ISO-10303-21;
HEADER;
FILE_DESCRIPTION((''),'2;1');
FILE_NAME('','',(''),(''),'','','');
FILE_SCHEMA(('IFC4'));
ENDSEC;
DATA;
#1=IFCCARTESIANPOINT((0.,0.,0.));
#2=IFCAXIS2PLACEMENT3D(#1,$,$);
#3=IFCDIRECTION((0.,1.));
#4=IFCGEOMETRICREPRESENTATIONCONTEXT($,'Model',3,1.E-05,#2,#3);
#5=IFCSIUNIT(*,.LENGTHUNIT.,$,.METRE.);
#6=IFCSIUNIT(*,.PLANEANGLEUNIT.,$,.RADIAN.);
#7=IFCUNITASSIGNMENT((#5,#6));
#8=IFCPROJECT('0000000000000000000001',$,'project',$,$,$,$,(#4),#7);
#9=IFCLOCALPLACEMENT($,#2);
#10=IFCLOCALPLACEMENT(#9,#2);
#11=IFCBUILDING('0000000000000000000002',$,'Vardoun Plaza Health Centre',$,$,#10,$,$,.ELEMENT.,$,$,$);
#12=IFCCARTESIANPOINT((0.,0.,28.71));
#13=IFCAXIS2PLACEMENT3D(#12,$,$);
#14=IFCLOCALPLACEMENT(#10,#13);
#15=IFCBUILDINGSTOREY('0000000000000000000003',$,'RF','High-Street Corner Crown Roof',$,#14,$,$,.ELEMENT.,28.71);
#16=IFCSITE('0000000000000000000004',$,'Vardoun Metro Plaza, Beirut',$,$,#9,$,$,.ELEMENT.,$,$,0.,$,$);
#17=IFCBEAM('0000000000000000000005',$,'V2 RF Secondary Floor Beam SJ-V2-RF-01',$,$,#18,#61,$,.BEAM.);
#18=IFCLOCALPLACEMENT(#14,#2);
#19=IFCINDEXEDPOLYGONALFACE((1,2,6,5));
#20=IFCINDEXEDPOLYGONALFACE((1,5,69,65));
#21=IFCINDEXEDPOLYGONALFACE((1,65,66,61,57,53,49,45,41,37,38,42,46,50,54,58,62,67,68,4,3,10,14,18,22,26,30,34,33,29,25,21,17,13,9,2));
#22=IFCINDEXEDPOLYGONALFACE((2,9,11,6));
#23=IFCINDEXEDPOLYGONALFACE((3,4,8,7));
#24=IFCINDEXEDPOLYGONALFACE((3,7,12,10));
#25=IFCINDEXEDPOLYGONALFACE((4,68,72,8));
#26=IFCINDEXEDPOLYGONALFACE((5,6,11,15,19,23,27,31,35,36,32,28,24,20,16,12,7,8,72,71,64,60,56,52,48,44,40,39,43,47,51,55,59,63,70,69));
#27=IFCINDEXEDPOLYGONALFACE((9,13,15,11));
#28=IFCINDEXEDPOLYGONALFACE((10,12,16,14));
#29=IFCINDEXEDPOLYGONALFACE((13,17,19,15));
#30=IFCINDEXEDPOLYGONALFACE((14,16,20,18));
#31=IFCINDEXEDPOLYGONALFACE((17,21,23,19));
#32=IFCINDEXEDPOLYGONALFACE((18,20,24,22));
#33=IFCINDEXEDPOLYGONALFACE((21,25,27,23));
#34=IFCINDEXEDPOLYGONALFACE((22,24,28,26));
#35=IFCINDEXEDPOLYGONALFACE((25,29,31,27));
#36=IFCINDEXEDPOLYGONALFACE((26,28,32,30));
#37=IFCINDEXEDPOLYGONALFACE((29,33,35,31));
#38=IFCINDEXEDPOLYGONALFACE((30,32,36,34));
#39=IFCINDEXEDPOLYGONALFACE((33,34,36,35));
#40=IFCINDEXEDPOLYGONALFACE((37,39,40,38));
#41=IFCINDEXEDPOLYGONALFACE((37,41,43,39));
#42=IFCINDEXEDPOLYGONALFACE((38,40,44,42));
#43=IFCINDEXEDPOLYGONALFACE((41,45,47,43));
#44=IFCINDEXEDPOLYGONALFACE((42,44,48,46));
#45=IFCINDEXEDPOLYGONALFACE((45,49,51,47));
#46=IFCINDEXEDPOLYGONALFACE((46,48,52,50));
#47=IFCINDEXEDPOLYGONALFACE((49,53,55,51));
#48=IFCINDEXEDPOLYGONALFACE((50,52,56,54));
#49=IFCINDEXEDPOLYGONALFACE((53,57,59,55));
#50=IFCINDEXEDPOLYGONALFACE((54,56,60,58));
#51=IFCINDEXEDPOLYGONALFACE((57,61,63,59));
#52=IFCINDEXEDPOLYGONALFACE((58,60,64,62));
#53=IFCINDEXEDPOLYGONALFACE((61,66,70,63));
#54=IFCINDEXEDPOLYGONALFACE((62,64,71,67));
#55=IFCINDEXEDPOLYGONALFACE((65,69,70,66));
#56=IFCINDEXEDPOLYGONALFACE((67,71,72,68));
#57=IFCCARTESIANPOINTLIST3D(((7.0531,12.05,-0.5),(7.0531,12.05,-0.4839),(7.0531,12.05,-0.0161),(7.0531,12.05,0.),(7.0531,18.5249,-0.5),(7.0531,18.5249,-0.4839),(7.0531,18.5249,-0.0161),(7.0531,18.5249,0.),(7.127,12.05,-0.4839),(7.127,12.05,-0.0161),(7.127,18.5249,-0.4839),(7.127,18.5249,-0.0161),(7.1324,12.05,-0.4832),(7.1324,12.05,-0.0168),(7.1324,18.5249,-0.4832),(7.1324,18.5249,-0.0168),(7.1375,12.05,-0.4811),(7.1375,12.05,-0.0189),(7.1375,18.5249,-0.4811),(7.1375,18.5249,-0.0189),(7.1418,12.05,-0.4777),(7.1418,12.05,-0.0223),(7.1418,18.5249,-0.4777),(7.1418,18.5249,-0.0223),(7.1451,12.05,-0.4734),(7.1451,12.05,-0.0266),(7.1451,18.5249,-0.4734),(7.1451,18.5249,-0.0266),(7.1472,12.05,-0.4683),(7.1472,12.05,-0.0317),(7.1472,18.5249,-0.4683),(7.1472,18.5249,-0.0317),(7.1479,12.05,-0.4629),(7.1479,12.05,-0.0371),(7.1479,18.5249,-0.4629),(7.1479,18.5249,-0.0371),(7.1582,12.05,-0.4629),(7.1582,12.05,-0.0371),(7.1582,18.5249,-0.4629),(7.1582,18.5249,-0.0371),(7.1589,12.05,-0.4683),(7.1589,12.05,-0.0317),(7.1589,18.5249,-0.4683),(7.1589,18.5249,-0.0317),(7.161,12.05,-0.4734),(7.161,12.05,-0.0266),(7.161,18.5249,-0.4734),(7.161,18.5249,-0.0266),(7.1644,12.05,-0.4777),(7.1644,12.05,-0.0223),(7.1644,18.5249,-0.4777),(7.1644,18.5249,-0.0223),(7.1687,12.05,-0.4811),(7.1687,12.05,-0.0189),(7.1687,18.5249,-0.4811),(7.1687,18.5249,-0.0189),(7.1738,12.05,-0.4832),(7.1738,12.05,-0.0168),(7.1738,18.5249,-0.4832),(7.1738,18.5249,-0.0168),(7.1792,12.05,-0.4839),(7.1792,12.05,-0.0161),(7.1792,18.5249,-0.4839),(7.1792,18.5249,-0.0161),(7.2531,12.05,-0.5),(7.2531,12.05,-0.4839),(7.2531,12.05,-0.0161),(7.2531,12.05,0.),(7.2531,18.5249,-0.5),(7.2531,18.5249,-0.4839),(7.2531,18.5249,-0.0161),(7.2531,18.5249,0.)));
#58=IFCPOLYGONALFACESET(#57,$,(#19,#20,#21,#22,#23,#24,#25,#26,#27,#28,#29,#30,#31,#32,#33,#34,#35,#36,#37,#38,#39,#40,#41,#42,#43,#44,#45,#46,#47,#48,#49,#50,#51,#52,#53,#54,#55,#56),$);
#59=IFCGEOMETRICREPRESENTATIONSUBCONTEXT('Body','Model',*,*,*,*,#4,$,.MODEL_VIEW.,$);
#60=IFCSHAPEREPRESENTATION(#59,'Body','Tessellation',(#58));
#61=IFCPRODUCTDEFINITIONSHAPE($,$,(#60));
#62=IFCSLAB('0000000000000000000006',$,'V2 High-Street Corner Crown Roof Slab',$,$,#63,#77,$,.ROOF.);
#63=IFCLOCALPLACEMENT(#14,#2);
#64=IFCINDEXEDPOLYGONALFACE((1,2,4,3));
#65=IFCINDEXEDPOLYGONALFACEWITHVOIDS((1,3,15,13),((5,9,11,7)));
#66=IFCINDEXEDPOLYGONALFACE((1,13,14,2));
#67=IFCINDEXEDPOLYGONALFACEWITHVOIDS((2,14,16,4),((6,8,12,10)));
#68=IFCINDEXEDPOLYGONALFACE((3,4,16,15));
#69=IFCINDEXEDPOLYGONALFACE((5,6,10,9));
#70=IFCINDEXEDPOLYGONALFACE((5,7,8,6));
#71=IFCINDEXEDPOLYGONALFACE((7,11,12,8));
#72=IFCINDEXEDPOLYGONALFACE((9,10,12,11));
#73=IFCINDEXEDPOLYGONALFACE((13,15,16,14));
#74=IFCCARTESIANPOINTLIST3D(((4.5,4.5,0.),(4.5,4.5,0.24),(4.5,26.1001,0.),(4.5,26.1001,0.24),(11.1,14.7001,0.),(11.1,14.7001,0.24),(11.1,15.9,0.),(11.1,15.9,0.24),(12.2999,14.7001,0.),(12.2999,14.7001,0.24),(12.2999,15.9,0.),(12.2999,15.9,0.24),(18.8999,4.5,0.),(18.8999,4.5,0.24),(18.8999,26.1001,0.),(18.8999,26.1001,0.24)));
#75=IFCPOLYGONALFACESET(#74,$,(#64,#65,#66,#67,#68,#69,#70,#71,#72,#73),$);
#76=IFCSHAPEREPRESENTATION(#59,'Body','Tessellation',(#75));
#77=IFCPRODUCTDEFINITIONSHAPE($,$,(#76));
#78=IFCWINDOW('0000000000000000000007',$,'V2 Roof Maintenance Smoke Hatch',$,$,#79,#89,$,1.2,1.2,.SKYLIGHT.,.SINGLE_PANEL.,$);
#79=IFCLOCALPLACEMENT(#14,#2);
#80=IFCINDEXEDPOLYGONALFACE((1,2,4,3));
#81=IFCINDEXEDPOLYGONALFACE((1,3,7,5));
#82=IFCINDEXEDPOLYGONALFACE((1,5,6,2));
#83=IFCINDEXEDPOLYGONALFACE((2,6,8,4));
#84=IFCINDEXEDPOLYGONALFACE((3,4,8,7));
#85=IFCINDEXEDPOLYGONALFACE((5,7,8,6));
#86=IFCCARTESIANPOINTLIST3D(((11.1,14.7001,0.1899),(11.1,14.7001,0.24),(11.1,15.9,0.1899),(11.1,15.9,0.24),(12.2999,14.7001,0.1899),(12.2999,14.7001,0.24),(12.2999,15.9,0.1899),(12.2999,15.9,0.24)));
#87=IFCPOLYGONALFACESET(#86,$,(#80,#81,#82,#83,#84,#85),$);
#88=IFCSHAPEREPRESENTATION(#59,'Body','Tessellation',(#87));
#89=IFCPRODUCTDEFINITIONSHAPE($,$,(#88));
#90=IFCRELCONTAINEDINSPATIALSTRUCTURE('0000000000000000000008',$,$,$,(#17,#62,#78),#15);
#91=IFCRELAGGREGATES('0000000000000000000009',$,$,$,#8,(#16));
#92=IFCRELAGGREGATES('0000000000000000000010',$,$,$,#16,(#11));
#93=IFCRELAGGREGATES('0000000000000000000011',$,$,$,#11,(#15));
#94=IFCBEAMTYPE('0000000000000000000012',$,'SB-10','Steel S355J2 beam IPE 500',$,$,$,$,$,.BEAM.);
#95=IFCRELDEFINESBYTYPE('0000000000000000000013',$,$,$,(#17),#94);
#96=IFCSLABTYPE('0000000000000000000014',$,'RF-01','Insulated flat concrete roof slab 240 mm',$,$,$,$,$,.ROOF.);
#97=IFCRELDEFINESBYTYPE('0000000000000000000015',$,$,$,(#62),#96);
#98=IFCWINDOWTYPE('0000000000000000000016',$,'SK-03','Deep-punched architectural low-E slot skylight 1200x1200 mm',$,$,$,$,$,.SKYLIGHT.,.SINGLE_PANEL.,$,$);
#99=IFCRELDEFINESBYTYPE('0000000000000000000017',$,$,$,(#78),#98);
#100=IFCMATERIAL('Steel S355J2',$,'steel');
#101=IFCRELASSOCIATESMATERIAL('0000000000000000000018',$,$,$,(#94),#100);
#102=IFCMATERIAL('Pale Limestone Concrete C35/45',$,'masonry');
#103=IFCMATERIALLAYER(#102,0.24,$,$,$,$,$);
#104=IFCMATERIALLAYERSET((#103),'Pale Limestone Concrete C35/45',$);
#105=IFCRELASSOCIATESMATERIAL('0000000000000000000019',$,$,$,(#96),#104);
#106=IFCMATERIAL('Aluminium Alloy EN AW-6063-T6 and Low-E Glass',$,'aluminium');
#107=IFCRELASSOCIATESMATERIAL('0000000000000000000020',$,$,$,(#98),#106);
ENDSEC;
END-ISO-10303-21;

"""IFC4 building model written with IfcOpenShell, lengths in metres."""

from ifc_helpers import new_model, si_unit, direction, frame, origin, origin_2d, place, context, subcontext, project, spatial, polyline, rectangle, i_section, outline, extrude, material, layer, layer_set, material_profile, profile_set, type_object, element, fill, save


model = new_model("IFC4")

# Units and contexts
model_context = context("Model", 3, precision=1e-05, world=origin(), true_north=direction((0.0, 1.0)))
body_context = subcontext(model_context, "Body", "Model", "MODEL_VIEW")
ifc_project = project(units=[si_unit("LENGTHUNIT", "METRE"), si_unit("PLANEANGLEUNIT", "RADIAN")], contexts=[model_context])

# Site, building, storey
site_placement = place(None, origin())
site = spatial("IfcSite", under=ifc_project, at=site_placement, Name="Vardoun Metro Plaza, Beirut", CompositionType="ELEMENT", RefElevation=0.0)
building_placement = place(site_placement, origin())
building = spatial("IfcBuilding", under=site, at=building_placement, Name="Vardoun Plaza Health Centre", CompositionType="ELEMENT")
storey_placement = place(building_placement, frame((0.0, 0.0, 28.71)))
storey = spatial("IfcBuildingStorey", under=building, at=storey_placement, Name="RF", Description="High-Street Corner Crown Roof", CompositionType="ELEMENT", Elevation=28.71)

# Beam
ifc_material_1 = material(Name="Steel S355J2", Category="steel")
ifc_material_profile_1 = material_profile(ifc_material_1, i_section(OverallWidth=0.2, OverallDepth=0.5, WebThickness=0.0103, FlangeThickness=0.0161, FilletRadius=0.021, at=origin_2d()), Name="IPE 500")
ifc_profile_set_1 = profile_set([ifc_material_profile_1], Name="Steel S355J2")
beam_type_1 = type_object("IfcBeamType", Name="SB-10", Description="Steel S355J2 beam IPE 500", PredefinedType="BEAM", material=ifc_profile_set_1)
beam_1_placement = place(storey_placement, frame((7.1531, 12.05, -0.25), z_axis=(0.0, 1.0, 0.0), x_axis=(-1.0, 0.0, 0.0)))
element("IfcBeam", 1, at=beam_1_placement, inside=storey, type_object=beam_type_1, Name="V2 RF Secondary Floor Beam SJ-V2-RF-01", PredefinedType="BEAM", context=body_context, shape_type="SweptSolid", body=[
    extrude(i_section(OverallWidth=0.2, OverallDepth=0.5, WebThickness=0.0103, FlangeThickness=0.0161, FilletRadius=0.021, at=origin_2d()), origin(), (0.0, 0.0, 1.0), 6.4749),
])

# Slab, opening, window
ifc_material_2 = material(Name="Pale Limestone Concrete C35/45", Category="masonry")
ifc_layer = layer(ifc_material_2, 0.24)
ifc_layer_set = layer_set([ifc_layer], Name="Pale Limestone Concrete C35/45")
slab_type = type_object("IfcSlabType", Name="RF-01", Description="Insulated flat concrete roof slab 240 mm", PredefinedType="ROOF", material=ifc_layer_set)
slab_placement = place(storey_placement, origin())
slab = element("IfcSlab", 2, at=slab_placement, inside=storey, type_object=slab_type, Name="V2 High-Street Corner Crown Roof Slab", PredefinedType="ROOF", context=body_context, shape_type="SweptSolid", body=[
    extrude(outline(polyline([(4.5, 4.5), (18.8999, 4.5), (18.8999, 26.1001), (4.5, 26.1001), (4.5, 4.5)])), origin(), (0.0, 0.0, 1.0), 0.24),
])
opening_placement = place(slab_placement, frame((11.7, 15.3, 0.0)))
opening = element("IfcOpeningElement", 3, at=opening_placement, cuts=slab, PredefinedType="OPENING", context=body_context, shape_type="SweptSolid", body=[
    extrude(rectangle(XDim=1.2, YDim=1.2, at=origin_2d()), origin(), (0.0, 0.0, 1.0), 0.24),
])
ifc_material_3 = material(Name="Aluminium Alloy EN AW-6063-T6 and Low-E Glass", Category="aluminium")
window_type = type_object("IfcWindowType", Name="SK-03", Description="Deep-punched architectural low-E slot skylight 1200x1200 mm", PartitioningType="SINGLE_PANEL", PredefinedType="SKYLIGHT", material=ifc_material_3)
window_placement = place(opening_placement, frame((0.0, 0.0, 0.1899)))
window = element("IfcWindow", 4, at=window_placement, inside=storey, type_object=window_type, Name="V2 Roof Maintenance Smoke Hatch", OverallHeight=1.2, OverallWidth=1.2, PartitioningType="SINGLE_PANEL", PredefinedType="SKYLIGHT", context=body_context, shape_type="SweptSolid", body=[
    extrude(rectangle(XDim=1.2, YDim=1.2, at=origin_2d()), origin(), (0.0, 0.0, 1.0), 0.05),
])
fill(opening, window)

save(model, "model.ifc")
